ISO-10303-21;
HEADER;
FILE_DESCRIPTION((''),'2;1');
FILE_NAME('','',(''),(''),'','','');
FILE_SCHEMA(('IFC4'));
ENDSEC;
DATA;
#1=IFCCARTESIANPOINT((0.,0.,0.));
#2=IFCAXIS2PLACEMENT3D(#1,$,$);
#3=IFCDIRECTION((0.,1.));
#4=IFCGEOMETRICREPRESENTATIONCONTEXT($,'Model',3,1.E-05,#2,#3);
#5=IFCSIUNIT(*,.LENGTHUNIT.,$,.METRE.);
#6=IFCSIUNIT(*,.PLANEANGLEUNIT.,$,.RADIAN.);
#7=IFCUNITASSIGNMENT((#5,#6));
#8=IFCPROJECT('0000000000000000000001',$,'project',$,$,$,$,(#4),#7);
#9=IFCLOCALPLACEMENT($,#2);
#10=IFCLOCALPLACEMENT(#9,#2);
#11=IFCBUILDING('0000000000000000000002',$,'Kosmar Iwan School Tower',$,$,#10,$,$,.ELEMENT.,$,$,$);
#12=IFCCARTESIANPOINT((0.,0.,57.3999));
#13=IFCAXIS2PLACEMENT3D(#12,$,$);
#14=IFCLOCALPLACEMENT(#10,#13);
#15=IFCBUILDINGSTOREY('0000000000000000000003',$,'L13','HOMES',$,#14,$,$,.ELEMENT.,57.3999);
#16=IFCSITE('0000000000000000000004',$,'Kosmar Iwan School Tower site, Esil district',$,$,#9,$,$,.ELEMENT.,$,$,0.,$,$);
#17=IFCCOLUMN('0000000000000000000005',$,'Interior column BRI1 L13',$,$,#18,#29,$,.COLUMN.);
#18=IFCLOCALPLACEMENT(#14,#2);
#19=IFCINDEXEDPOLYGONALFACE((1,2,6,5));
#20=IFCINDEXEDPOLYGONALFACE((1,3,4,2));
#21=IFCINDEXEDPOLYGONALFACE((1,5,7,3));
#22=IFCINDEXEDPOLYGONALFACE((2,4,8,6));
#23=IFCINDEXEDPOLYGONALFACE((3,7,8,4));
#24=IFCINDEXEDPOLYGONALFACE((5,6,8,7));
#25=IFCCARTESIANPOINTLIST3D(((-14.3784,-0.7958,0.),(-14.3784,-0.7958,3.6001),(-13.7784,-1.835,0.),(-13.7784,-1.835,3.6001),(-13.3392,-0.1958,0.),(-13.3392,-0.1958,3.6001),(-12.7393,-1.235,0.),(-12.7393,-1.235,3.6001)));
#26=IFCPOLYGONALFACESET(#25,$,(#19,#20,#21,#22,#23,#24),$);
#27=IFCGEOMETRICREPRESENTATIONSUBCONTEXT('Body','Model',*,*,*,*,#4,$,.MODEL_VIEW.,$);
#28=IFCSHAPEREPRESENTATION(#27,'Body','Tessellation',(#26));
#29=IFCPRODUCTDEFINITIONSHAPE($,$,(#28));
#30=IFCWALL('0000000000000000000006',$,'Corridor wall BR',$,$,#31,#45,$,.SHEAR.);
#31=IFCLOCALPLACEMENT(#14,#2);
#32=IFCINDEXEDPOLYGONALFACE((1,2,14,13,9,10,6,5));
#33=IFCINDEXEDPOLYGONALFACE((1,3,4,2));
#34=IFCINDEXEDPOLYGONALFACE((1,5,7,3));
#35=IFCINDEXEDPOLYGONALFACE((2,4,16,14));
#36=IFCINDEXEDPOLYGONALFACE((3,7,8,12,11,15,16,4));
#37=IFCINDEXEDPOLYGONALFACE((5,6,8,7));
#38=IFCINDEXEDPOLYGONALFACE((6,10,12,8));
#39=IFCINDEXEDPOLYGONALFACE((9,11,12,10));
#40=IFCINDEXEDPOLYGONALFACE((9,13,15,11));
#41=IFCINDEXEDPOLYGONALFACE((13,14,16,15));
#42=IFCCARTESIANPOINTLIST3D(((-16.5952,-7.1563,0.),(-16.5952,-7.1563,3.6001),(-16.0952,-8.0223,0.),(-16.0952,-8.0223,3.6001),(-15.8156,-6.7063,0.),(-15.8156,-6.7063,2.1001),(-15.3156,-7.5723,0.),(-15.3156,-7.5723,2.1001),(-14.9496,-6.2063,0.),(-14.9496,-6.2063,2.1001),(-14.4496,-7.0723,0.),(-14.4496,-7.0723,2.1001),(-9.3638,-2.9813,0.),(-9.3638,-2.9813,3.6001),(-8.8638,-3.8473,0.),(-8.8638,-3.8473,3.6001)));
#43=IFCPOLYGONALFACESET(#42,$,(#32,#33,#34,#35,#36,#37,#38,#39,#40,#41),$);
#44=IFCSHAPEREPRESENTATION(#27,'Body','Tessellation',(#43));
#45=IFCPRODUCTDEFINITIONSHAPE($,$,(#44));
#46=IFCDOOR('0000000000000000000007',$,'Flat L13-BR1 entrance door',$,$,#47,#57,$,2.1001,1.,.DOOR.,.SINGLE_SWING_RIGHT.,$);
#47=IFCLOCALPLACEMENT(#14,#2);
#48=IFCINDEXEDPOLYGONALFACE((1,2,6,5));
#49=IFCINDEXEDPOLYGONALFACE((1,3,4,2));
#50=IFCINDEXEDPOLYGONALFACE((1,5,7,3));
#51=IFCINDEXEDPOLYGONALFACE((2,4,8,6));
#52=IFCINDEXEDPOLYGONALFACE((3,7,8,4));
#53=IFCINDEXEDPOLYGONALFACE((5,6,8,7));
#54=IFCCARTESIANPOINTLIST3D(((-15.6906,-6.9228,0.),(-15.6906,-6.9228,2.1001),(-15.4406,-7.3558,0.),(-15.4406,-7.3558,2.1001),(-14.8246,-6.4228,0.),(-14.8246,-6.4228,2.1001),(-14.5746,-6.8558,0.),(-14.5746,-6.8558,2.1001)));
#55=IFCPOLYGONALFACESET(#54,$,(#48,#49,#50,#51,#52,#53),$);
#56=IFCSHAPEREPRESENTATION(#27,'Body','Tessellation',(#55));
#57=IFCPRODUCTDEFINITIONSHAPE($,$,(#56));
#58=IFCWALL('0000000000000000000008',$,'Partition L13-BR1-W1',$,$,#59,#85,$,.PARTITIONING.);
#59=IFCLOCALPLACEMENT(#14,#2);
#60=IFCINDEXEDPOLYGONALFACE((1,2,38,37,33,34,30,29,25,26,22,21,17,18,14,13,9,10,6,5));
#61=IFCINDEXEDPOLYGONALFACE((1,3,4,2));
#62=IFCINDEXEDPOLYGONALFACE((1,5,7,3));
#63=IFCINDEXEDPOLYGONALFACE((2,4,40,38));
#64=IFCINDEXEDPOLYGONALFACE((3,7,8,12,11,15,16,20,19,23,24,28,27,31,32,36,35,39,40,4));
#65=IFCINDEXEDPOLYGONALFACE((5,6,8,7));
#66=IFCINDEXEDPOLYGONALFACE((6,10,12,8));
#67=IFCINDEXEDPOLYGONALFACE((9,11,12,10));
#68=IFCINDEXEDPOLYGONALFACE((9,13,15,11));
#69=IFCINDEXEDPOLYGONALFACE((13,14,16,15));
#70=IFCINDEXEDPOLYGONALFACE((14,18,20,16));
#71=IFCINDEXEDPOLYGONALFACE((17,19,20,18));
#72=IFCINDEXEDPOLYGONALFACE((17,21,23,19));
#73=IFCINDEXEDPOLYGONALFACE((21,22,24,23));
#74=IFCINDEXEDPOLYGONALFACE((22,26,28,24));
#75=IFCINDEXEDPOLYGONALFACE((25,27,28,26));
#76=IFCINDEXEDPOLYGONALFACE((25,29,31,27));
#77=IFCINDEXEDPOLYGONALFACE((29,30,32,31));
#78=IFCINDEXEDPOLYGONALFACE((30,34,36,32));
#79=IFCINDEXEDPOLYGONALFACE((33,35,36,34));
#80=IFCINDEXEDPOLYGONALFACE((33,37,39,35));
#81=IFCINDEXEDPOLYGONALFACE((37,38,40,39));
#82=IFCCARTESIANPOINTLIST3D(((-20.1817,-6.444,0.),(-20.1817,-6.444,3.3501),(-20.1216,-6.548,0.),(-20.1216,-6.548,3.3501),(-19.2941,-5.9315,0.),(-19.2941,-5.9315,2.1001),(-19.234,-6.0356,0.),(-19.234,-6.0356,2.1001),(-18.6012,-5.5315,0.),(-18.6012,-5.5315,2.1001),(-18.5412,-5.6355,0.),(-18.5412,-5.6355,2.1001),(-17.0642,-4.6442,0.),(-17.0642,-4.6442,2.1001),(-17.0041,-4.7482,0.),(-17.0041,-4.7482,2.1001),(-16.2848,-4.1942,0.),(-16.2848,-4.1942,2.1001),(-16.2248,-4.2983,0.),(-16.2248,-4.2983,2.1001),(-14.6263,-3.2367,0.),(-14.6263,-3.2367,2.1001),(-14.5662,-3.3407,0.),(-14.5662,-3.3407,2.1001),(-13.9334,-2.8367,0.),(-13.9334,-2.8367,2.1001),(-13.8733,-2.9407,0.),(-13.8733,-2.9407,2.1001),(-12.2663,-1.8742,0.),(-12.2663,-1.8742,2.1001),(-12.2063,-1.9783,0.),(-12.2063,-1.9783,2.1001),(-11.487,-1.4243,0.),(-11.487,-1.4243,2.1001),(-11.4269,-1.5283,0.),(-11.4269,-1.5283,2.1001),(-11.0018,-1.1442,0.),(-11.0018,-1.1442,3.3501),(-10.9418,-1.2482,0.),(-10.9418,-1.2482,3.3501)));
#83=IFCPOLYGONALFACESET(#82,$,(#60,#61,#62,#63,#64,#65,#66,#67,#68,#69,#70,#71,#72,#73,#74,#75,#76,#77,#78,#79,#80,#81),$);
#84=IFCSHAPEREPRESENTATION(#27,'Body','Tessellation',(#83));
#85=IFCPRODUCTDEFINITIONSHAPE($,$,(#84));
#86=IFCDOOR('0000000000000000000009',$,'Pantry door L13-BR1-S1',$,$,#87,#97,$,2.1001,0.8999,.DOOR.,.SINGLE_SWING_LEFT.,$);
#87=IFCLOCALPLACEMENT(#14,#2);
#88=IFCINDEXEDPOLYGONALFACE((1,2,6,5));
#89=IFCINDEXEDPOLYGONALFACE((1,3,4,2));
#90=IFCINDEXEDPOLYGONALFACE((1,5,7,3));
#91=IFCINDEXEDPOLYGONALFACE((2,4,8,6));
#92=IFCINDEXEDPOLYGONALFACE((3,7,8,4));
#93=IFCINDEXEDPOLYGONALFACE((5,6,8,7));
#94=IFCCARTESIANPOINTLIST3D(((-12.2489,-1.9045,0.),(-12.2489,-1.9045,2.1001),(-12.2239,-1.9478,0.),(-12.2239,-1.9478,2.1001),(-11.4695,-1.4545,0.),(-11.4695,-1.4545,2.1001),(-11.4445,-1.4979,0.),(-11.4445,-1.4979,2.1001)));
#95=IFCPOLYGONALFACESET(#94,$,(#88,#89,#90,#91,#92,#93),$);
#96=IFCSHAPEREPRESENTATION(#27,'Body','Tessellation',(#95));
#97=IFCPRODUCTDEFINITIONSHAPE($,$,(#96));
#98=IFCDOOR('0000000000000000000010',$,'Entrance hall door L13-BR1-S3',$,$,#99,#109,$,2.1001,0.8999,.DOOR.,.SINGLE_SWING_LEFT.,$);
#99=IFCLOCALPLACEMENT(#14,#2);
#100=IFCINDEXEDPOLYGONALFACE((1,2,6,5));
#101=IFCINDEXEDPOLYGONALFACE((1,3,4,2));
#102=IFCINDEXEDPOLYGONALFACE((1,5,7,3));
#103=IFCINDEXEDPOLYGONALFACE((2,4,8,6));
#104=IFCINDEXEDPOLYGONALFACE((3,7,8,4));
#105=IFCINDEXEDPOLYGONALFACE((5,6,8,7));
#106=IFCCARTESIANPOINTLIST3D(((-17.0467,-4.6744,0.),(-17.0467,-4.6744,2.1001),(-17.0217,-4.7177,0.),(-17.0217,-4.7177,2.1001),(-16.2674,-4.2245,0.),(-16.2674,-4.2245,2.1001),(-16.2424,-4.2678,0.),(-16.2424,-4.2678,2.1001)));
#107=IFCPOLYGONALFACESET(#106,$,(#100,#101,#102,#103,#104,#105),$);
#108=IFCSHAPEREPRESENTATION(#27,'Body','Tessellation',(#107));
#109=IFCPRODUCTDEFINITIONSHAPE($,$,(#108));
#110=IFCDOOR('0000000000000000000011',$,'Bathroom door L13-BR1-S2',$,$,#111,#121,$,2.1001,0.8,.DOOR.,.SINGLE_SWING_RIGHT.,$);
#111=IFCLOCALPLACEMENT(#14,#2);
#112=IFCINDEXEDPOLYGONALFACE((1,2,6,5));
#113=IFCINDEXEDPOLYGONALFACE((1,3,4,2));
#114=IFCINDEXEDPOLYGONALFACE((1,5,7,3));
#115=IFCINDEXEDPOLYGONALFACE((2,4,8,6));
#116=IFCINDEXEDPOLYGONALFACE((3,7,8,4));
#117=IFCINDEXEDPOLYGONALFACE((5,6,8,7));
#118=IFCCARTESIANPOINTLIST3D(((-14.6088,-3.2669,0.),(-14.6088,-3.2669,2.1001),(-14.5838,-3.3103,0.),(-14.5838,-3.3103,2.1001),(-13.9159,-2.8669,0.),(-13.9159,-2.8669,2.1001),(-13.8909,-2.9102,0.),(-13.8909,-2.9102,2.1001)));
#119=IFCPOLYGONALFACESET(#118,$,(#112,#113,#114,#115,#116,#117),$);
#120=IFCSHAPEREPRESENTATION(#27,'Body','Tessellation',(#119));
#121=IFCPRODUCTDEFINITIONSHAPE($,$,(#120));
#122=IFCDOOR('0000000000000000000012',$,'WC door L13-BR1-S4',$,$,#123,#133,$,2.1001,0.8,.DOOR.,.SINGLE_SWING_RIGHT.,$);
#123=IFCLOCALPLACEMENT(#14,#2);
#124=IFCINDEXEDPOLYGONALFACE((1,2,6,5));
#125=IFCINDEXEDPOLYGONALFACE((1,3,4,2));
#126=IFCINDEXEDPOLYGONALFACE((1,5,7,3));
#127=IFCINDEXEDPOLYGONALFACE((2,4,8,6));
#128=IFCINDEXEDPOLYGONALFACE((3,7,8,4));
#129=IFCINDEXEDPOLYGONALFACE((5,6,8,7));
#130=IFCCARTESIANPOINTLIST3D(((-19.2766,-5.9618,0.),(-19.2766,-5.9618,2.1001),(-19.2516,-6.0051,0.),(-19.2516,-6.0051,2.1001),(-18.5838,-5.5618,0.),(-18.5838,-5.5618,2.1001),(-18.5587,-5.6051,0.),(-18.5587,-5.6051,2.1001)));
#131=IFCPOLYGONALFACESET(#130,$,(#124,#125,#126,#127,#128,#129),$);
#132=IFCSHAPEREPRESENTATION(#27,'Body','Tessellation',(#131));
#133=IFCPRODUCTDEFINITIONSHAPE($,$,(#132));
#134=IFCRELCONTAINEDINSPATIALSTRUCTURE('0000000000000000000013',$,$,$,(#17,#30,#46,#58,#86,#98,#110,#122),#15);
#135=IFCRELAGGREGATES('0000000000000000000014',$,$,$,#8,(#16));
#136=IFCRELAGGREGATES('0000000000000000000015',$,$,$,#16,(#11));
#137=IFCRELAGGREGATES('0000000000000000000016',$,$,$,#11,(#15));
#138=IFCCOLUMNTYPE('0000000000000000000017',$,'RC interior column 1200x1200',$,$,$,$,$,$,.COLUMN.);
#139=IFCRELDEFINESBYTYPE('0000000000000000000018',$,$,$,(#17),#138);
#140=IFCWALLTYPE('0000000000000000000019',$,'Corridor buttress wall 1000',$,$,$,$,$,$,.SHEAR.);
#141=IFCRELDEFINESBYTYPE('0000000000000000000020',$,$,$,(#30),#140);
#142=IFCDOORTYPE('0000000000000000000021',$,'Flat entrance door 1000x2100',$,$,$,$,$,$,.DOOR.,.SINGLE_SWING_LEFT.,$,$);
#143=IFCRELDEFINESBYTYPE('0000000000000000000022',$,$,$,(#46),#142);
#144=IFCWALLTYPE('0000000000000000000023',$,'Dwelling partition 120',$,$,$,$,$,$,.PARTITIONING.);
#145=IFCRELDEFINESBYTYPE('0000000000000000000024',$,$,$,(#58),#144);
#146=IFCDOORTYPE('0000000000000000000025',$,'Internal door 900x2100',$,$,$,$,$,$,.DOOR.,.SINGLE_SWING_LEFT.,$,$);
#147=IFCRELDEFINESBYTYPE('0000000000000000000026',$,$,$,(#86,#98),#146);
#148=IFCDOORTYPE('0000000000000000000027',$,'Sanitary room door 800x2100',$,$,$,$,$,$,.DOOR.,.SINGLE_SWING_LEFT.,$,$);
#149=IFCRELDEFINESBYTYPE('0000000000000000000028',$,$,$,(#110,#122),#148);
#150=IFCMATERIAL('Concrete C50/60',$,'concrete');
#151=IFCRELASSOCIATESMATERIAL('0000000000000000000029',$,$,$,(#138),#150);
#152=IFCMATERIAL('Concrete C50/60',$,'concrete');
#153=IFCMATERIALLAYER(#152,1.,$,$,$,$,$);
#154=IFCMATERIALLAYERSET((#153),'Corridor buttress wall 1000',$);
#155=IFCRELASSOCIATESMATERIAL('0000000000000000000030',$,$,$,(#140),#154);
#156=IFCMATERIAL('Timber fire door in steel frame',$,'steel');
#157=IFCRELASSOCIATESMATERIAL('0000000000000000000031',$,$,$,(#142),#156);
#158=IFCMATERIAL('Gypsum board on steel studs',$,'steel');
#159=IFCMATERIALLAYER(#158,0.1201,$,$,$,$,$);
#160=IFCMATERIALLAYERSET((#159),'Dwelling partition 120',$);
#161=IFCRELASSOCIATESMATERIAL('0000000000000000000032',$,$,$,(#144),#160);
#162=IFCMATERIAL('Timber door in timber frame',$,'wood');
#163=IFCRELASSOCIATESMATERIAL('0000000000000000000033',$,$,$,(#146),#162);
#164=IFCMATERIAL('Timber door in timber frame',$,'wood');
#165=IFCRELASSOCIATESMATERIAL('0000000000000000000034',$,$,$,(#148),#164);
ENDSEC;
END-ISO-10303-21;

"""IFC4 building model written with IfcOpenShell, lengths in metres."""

from ifc_helpers import new_model, si_unit, direction, frame, frame_2d, origin, origin_2d, place, context, subcontext, project, spatial, rectangle, extrude, material, layer, layer_set, material_profile, profile_set, type_object, element, fill, save


model = new_model("IFC4")

# Units and contexts
model_context = context("Model", 3, precision=1e-05, world=origin(), true_north=direction((0.0, 1.0)))
body_context = subcontext(model_context, "Body", "Model", "MODEL_VIEW")
ifc_project = project(units=[si_unit("LENGTHUNIT", "METRE"), si_unit("PLANEANGLEUNIT", "RADIAN")], contexts=[model_context])

# Site, building, storey
site_placement = place(None, origin())
site = spatial("IfcSite", under=ifc_project, at=site_placement, Name="Kosmar Iwan School Tower site, Esil district", CompositionType="ELEMENT", RefElevation=0.0)
building_placement = place(site_placement, origin())
building = spatial("IfcBuilding", under=site, at=building_placement, Name="Kosmar Iwan School Tower", CompositionType="ELEMENT")
storey_placement = place(building_placement, frame((0.0, 0.0, 57.3999)))
storey = spatial("IfcBuildingStorey", under=building, at=storey_placement, Name="L13", Description="HOMES", CompositionType="ELEMENT", Elevation=57.3999)

# Column
ifc_material_1 = material(Name="Concrete C50/60", Category="concrete")
ifc_material_profile = material_profile(ifc_material_1, rectangle(XDim=1.2, YDim=1.2, at=origin_2d()), Name="RC 1200x1200")
ifc_profile_set = profile_set([ifc_material_profile], Name="Concrete C50/60")
column_type = type_object("IfcColumnType", Name="RC interior column 1200x1200", PredefinedType="COLUMN", material=ifc_profile_set)
column_placement = place(storey_placement, frame((-13.5588, -1.0154, 0.0), z_axis=(0.0, 0.0, 1.0), x_axis=(-0.866025, -0.5, 0.0)))
element("IfcColumn", 1, at=column_placement, inside=storey, type_object=column_type, Name="Interior column BRI1 L13", PredefinedType="COLUMN", context=body_context, shape_type="SweptSolid", body=[
    extrude(rectangle(XDim=1.2, YDim=1.2, at=origin_2d()), origin(), (0.0, 0.0, 1.0), 3.6001),
])

# Wall, opening, door
ifc_material_2 = material(Name="Concrete C50/60", Category="concrete")
ifc_layer_1 = layer(ifc_material_2, 1.0)
ifc_layer_set_1 = layer_set([ifc_layer_1], Name="Corridor buttress wall 1000")
wall_type_1 = type_object("IfcWallType", Name="Corridor buttress wall 1000", PredefinedType="SHEAR", material=ifc_layer_set_1)
wall_1_placement = place(storey_placement, frame((-9.1138, -3.4143, 0.0), z_axis=(0.0, 0.0, 1.0), x_axis=(-0.866027, -0.499997, 0.0)))
wall_1 = element("IfcWall", 2, at=wall_1_placement, inside=storey, type_object=wall_type_1, Name="Corridor wall BR", PredefinedType="SHEAR", context=body_context, shape_type="SweptSolid", body=[
    extrude(rectangle(XDim=8.3501, YDim=1.0, at=frame_2d((4.175, 0.0))), origin(), (0.0, 0.0, 1.0), 3.6001),
])
opening_1_placement = place(wall_1_placement, frame((6.45, 0.0, 0.0)))
opening_1 = element("IfcOpeningElement", 3, at=opening_1_placement, cuts=wall_1, PredefinedType="OPENING", context=body_context, shape_type="SweptSolid", body=[
    extrude(rectangle(XDim=1.0, YDim=2.1001, at=frame_2d((0.5, 1.05))), frame((0.0, 0.512, 0.0), z_axis=(0.0, -1.0, 0.0), x_axis=(1.0, 0.0, 0.0)), (0.0, 0.0, 1.0), 1.0239),
])
ifc_material_3 = material(Name="Timber fire door in steel frame", Category="steel")
door_type_1 = type_object("IfcDoorType", Name="Flat entrance door 1000x2100", OperationType="SINGLE_SWING_LEFT", PredefinedType="DOOR", material=ifc_material_3)
door_1_placement = place(opening_1_placement, origin())
door_1 = element("IfcDoor", 4, at=door_1_placement, inside=storey, type_object=door_type_1, Name="Flat L13-BR1 entrance door", OperationType="SINGLE_SWING_RIGHT", OverallHeight=2.1001, OverallWidth=1.0, PredefinedType="DOOR", context=body_context, shape_type="SweptSolid", body=[
    extrude(rectangle(XDim=1.0, YDim=2.1001, at=frame_2d((0.5, 1.05))), frame((0.0, 0.25, 0.0), z_axis=(0.0, -1.0, 0.0), x_axis=(1.0, 0.0, 0.0)), (0.0, 0.0, 1.0), 0.5),
])
fill(opening_1, door_1)

# Wall, openings, doors
ifc_material_4 = material(Name="Gypsum board on steel studs", Category="steel")
ifc_layer_2 = layer(ifc_material_4, 0.1201)
ifc_layer_set_2 = layer_set([ifc_layer_2], Name="Dwelling partition 120")
wall_type_2 = type_object("IfcWallType", Name="Dwelling partition 120", PredefinedType="PARTITIONING", material=ifc_layer_set_2)
wall_2_placement = place(storey_placement, frame((-10.9719, -1.1963, 0.0), z_axis=(0.0, 0.0, 1.0), x_axis=(-0.866035, -0.499984, 0.0)))
wall_2 = element("IfcWall", 5, at=wall_2_placement, inside=storey, type_object=wall_type_2, Name="Partition L13-BR1-W1", PredefinedType="PARTITIONING", context=body_context, shape_type="SweptSolid", body=[
    extrude(rectangle(XDim=10.5999, YDim=0.1201, at=frame_2d((5.2998, 0.0))), origin(), (0.0, 0.0, 1.0), 3.3501),
])
opening_2_placement = place(wall_2_placement, frame((0.5601, 0.0, 0.0)))
opening_2 = element("IfcOpeningElement", 6, at=opening_2_placement, cuts=wall_2, PredefinedType="OPENING", context=body_context, shape_type="SweptSolid", body=[
    extrude(rectangle(XDim=0.8999, YDim=2.1001, at=frame_2d((0.45, 1.05))), frame((0.0, 0.072, 0.0), z_axis=(0.0, -1.0, 0.0), x_axis=(1.0, 0.0, 0.0)), (0.0, 0.0, 1.0), 0.144),
])
opening_3_placement = place(wall_2_placement, frame((3.385, 0.0, 0.0)))
opening_3 = element("IfcOpeningElement", 7, at=opening_3_placement, cuts=wall_2, PredefinedType="OPENING", context=body_context, shape_type="SweptSolid", body=[
    extrude(rectangle(XDim=0.8, YDim=2.1001, at=frame_2d((0.3999, 1.05))), frame((0.0, 0.072, 0.0), z_axis=(0.0, -1.0, 0.0), x_axis=(1.0, 0.0, 0.0)), (0.0, 0.0, 1.0), 0.144),
])
opening_4_placement = place(wall_2_placement, frame((6.1001, 0.0, 0.0)))
opening_4 = element("IfcOpeningElement", 8, at=opening_4_placement, cuts=wall_2, PredefinedType="OPENING", context=body_context, shape_type="SweptSolid", body=[
    extrude(rectangle(XDim=0.8999, YDim=2.1001, at=frame_2d((0.45, 1.05))), frame((0.0, 0.072, 0.0), z_axis=(0.0, -1.0, 0.0), x_axis=(1.0, 0.0, 0.0)), (0.0, 0.0, 1.0), 0.144),
])
opening_5_placement = place(wall_2_placement, frame((8.7749, 0.0, 0.0)))
opening_5 = element("IfcOpeningElement", 9, at=opening_5_placement, cuts=wall_2, PredefinedType="OPENING", context=body_context, shape_type="SweptSolid", body=[
    extrude(rectangle(XDim=0.8, YDim=2.1001, at=frame_2d((0.3999, 1.05))), frame((0.0, 0.072, 0.0), z_axis=(0.0, -1.0, 0.0), x_axis=(1.0, 0.0, 0.0)), (0.0, 0.0, 1.0), 0.144),
])
ifc_material_5 = material(Name="Timber door in timber frame", Category="wood")
door_type_2 = type_object("IfcDoorType", Name="Internal door 900x2100", OperationType="SINGLE_SWING_LEFT", PredefinedType="DOOR", material=ifc_material_5)
door_2_placement = place(opening_2_placement, origin())
door_2 = element("IfcDoor", 10, at=door_2_placement, inside=storey, type_object=door_type_2, Name="Pantry door L13-BR1-S1", OperationType="SINGLE_SWING_LEFT", OverallHeight=2.1001, OverallWidth=0.8999, PredefinedType="DOOR", context=body_context, shape_type="SweptSolid", body=[
    extrude(rectangle(XDim=0.8999, YDim=2.1001, at=frame_2d((0.45, 1.05))), frame((0.0, 0.0249, 0.0), z_axis=(0.0, -1.0, 0.0), x_axis=(1.0, 0.0, 0.0)), (0.0, 0.0, 1.0), 0.05),
])
fill(opening_2, door_2)
door_3_placement = place(opening_4_placement, origin())
door_3 = element("IfcDoor", 11, at=door_3_placement, inside=storey, type_object=door_type_2, Name="Entrance hall door L13-BR1-S3", OperationType="SINGLE_SWING_LEFT", OverallHeight=2.1001, OverallWidth=0.8999, PredefinedType="DOOR", context=body_context, shape_type="SweptSolid", body=[
    extrude(rectangle(XDim=0.8999, YDim=2.1001, at=frame_2d((0.45, 1.05))), frame((0.0, 0.0249, 0.0), z_axis=(0.0, -1.0, 0.0), x_axis=(1.0, 0.0, 0.0)), (0.0, 0.0, 1.0), 0.05),
])
fill(opening_4, door_3)
ifc_material_6 = material(Name="Timber door in timber frame", Category="wood")
door_type_3 = type_object("IfcDoorType", Name="Sanitary room door 800x2100", OperationType="SINGLE_SWING_LEFT", PredefinedType="DOOR", material=ifc_material_6)
door_4_placement = place(opening_3_placement, origin())
door_4 = element("IfcDoor", 12, at=door_4_placement, inside=storey, type_object=door_type_3, Name="Bathroom door L13-BR1-S2", OperationType="SINGLE_SWING_RIGHT", OverallHeight=2.1001, OverallWidth=0.8, PredefinedType="DOOR", context=body_context, shape_type="SweptSolid", body=[
    extrude(rectangle(XDim=0.8, YDim=2.1001, at=frame_2d((0.3999, 1.05))), frame((0.0, 0.0249, 0.0), z_axis=(0.0, -1.0, 0.0), x_axis=(1.0, 0.0, 0.0)), (0.0, 0.0, 1.0), 0.05),
])
fill(opening_3, door_4)
door_5_placement = place(opening_5_placement, origin())
door_5 = element("IfcDoor", 13, at=door_5_placement, inside=storey, type_object=door_type_3, Name="WC door L13-BR1-S4", OperationType="SINGLE_SWING_RIGHT", OverallHeight=2.1001, OverallWidth=0.8, PredefinedType="DOOR", context=body_context, shape_type="SweptSolid", body=[
    extrude(rectangle(XDim=0.8, YDim=2.1001, at=frame_2d((0.3999, 1.05))), frame((0.0, 0.0249, 0.0), z_axis=(0.0, -1.0, 0.0), x_axis=(1.0, 0.0, 0.0)), (0.0, 0.0, 1.0), 0.05),
])
fill(opening_5, door_5)

save(model, "model.ifc")
